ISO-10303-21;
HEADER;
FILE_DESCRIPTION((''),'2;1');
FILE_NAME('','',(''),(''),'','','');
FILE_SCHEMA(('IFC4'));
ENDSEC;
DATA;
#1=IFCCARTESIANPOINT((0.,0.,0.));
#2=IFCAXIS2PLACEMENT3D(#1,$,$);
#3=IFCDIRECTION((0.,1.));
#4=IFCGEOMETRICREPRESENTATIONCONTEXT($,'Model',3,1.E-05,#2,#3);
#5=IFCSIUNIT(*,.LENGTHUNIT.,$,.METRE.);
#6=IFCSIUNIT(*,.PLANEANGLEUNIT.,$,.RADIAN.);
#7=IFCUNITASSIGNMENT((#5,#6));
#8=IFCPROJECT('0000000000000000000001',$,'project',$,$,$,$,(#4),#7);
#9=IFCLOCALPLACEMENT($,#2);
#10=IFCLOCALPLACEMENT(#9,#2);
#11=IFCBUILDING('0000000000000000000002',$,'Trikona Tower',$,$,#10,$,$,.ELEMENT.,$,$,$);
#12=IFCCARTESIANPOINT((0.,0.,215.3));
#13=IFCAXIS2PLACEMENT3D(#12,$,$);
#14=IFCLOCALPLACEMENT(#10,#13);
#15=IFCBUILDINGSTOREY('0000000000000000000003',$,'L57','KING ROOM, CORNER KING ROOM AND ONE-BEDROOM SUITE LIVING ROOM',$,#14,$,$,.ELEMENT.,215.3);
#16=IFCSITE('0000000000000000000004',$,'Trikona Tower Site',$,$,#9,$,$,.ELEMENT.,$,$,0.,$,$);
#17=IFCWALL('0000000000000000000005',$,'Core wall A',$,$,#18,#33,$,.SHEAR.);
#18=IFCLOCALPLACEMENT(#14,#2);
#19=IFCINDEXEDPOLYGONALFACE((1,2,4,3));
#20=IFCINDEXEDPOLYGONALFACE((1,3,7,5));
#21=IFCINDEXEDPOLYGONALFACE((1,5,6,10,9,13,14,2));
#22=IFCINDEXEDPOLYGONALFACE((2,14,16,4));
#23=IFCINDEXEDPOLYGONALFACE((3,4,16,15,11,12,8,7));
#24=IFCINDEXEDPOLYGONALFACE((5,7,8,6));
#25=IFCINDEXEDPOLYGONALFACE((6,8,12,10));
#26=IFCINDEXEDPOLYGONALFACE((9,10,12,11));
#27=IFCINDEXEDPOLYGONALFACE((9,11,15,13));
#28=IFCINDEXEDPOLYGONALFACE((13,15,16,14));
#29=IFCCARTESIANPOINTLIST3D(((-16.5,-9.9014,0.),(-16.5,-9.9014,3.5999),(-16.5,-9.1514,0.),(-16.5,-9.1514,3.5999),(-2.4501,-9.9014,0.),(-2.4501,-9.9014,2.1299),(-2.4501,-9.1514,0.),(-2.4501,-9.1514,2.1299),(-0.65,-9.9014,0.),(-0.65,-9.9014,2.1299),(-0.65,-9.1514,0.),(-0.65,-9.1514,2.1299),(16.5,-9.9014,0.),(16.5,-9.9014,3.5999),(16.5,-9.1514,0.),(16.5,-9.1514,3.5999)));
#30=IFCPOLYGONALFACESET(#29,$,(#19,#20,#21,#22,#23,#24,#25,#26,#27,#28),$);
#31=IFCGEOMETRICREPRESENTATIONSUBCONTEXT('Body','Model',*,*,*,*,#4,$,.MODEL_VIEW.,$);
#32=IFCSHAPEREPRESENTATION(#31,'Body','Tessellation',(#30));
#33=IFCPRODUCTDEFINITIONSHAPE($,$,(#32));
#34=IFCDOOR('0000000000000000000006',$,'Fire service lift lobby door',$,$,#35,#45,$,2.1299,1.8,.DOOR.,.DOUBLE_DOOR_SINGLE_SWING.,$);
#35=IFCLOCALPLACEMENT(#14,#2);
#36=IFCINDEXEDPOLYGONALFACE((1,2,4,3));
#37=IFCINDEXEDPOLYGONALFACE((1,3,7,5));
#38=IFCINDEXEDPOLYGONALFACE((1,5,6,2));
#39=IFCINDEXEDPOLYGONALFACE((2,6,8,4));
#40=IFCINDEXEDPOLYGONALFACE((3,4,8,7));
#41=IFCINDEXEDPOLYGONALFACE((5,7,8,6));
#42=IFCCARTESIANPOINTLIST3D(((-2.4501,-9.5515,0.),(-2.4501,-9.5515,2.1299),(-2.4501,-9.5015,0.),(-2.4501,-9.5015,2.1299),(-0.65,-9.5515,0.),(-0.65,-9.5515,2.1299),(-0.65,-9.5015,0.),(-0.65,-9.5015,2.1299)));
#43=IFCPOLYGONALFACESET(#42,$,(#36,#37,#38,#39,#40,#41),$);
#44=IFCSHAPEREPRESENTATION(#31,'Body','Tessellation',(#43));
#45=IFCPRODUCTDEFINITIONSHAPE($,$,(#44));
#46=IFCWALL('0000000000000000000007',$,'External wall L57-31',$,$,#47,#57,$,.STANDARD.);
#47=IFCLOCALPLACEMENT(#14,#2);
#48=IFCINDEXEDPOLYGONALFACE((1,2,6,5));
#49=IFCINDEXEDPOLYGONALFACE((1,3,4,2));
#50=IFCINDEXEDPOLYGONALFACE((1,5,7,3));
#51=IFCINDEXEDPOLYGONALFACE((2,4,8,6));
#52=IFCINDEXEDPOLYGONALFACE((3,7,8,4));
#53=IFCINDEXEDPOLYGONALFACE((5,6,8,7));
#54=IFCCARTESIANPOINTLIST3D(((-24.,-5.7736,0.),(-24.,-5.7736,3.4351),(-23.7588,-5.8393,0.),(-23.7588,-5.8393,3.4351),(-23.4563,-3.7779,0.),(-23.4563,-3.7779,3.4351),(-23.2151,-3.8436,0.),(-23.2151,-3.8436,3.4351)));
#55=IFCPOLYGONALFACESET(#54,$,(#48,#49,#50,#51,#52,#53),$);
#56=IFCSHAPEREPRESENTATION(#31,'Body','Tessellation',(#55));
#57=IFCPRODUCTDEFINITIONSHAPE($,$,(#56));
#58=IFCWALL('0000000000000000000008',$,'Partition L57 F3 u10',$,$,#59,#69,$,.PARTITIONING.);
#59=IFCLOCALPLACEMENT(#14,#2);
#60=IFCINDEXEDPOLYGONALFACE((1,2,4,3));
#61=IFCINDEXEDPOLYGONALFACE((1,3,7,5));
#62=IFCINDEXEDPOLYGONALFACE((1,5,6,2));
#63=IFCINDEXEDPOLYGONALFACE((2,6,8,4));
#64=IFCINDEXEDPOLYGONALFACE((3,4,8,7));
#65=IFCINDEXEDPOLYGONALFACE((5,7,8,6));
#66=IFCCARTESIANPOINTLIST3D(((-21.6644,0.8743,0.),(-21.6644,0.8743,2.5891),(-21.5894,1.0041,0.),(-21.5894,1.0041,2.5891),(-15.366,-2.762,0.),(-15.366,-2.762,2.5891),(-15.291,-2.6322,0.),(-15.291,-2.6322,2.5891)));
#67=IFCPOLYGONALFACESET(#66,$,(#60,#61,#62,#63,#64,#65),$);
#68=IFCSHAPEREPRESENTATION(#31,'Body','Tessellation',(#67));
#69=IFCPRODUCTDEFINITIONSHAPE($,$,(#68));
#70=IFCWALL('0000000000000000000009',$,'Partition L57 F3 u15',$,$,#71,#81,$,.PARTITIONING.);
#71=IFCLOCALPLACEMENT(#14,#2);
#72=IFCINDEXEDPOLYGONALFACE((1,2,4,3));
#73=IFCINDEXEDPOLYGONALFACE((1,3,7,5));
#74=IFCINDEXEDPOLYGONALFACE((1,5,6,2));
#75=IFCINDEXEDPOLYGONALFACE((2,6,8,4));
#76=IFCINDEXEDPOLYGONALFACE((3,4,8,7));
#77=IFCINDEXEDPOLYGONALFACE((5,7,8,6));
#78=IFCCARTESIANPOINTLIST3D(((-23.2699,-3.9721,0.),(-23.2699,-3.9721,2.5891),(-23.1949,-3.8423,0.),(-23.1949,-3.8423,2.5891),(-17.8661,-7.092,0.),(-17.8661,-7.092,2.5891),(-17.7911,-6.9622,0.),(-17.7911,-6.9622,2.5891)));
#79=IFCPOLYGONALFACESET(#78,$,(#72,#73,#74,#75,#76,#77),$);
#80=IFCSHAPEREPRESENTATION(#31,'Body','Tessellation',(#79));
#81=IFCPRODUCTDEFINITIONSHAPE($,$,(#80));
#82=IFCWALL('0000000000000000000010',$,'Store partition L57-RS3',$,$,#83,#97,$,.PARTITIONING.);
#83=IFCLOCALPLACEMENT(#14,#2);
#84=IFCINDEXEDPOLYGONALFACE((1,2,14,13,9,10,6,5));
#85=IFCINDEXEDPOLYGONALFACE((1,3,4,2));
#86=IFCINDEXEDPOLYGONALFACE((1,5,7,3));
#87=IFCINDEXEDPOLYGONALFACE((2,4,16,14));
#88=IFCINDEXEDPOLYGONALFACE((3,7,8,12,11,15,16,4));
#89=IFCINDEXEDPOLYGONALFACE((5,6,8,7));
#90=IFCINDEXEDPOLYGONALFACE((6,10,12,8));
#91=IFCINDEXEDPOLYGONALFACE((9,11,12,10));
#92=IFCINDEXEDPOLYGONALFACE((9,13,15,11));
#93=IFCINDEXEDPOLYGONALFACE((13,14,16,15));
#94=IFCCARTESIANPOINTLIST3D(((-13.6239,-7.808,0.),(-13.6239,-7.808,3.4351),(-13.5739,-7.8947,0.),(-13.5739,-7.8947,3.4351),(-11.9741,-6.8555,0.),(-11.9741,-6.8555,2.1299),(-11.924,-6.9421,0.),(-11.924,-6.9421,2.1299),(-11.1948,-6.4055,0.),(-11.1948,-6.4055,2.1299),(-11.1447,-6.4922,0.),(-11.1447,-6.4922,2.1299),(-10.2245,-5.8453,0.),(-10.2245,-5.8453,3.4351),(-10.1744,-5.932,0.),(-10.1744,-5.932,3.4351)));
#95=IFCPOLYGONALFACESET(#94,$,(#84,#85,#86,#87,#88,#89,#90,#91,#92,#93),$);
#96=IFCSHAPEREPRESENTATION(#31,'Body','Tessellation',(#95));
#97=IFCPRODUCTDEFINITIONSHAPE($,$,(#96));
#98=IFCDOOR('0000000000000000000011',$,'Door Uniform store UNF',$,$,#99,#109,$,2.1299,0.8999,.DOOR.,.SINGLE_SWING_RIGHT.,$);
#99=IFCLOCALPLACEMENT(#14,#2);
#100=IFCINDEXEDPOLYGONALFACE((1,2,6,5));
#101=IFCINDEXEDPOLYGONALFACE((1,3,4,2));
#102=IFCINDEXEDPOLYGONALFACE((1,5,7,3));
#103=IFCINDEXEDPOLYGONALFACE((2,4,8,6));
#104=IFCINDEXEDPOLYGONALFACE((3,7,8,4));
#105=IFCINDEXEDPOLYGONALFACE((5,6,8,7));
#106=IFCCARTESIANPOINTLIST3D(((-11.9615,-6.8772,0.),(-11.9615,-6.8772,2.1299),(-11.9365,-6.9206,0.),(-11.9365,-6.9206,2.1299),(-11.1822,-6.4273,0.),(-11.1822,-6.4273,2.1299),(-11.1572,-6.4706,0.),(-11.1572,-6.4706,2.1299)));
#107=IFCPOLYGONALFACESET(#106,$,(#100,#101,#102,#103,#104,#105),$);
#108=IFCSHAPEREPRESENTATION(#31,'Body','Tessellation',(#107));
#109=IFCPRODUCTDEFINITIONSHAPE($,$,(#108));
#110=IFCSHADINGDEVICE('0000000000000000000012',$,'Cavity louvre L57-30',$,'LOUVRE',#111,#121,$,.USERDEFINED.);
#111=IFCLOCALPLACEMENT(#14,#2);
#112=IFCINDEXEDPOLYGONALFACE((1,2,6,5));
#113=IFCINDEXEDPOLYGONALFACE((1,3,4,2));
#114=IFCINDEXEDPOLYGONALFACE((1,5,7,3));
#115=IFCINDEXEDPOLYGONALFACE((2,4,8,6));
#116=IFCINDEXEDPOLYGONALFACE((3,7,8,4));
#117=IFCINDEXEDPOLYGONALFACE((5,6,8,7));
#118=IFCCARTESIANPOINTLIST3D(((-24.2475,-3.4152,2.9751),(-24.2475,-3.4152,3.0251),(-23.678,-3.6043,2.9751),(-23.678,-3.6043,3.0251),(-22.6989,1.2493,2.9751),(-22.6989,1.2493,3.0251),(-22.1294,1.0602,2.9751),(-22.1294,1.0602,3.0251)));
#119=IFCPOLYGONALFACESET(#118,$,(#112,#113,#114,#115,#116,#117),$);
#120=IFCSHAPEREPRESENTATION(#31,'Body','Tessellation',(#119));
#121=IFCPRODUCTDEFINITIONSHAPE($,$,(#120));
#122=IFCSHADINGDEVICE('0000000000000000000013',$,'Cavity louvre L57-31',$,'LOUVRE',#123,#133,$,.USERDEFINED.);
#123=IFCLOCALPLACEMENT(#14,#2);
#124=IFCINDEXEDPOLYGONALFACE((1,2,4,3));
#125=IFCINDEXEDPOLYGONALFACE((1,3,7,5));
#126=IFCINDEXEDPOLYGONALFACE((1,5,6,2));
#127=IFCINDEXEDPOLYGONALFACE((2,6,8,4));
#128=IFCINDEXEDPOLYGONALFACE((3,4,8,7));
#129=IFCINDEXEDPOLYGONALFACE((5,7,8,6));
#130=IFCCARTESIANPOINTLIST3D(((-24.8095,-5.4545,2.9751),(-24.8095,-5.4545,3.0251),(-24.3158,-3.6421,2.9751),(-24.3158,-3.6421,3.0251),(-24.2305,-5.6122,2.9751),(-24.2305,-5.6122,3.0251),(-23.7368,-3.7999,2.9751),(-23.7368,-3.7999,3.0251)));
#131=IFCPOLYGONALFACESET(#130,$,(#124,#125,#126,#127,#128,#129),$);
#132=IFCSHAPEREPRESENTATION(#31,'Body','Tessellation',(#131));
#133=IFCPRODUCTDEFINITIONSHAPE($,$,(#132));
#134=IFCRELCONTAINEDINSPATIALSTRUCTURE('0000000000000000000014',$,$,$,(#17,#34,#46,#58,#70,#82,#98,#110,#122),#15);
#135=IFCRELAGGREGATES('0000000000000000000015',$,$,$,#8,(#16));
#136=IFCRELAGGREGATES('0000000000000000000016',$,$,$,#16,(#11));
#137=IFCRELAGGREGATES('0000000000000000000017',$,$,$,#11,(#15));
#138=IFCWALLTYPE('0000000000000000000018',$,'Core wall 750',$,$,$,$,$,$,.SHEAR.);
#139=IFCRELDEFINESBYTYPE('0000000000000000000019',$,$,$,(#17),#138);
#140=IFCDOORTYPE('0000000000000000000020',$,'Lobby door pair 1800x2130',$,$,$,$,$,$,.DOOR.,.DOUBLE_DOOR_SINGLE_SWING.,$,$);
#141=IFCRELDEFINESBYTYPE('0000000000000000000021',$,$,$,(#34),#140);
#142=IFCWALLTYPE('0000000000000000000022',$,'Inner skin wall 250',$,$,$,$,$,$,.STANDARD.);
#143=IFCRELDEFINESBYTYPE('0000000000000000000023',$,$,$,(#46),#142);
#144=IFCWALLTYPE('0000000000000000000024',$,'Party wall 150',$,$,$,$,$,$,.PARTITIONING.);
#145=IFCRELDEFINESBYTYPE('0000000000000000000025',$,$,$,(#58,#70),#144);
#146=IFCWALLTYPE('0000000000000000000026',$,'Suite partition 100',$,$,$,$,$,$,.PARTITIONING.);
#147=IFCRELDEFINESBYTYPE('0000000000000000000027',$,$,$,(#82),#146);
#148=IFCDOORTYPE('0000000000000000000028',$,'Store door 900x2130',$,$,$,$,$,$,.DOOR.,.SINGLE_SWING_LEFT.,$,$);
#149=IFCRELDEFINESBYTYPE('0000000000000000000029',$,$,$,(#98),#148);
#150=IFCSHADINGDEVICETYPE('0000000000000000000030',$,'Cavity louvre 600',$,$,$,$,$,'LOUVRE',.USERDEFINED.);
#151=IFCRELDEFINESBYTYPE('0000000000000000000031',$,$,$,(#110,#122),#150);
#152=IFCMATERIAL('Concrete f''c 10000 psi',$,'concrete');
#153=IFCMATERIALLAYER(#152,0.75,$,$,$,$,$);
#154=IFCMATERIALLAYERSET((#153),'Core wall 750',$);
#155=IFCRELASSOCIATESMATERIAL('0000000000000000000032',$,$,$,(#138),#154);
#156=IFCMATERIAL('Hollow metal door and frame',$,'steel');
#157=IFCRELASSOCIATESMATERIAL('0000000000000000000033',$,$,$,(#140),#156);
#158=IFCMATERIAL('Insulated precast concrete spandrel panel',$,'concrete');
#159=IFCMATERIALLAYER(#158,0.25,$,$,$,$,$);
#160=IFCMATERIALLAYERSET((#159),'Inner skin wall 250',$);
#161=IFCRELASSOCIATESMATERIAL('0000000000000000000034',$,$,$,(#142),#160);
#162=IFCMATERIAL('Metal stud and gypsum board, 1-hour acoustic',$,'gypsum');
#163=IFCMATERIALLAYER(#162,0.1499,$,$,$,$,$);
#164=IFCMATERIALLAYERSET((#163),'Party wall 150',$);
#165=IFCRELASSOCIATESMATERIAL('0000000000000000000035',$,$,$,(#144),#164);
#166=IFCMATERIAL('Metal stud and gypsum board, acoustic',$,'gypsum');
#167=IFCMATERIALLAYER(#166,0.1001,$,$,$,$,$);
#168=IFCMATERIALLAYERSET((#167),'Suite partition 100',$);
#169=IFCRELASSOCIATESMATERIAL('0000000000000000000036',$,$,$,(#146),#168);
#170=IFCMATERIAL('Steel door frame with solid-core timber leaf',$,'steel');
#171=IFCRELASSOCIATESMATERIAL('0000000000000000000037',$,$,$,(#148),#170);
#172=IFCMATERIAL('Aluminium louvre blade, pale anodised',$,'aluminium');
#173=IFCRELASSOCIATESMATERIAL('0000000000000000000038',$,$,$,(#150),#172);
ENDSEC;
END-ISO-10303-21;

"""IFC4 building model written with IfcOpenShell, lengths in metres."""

from ifc_helpers import new_model, si_unit, direction, frame, frame_2d, origin, origin_2d, place, context, subcontext, project, spatial, rectangle, extrude, material, layer, layer_set, type_object, element, fill, save


model = new_model("IFC4")

# Units and contexts
model_context = context("Model", 3, precision=1e-05, world=origin(), true_north=direction((0.0, 1.0)))
body_context = subcontext(model_context, "Body", "Model", "MODEL_VIEW")
ifc_project = project(units=[si_unit("LENGTHUNIT", "METRE"), si_unit("PLANEANGLEUNIT", "RADIAN")], contexts=[model_context])

# Site, building, storey
site_placement = place(None, origin())
site = spatial("IfcSite", under=ifc_project, at=site_placement, Name="Trikona Tower Site", CompositionType="ELEMENT", RefElevation=0.0)
building_placement = place(site_placement, origin())
building = spatial("IfcBuilding", under=site, at=building_placement, Name="Trikona Tower", CompositionType="ELEMENT")
storey_placement = place(building_placement, frame((0.0, 0.0, 215.3)))
storey = spatial("IfcBuildingStorey", under=building, at=storey_placement, Name="L57", Description="KING ROOM, CORNER KING ROOM AND ONE-BEDROOM SUITE LIVING ROOM", CompositionType="ELEMENT", Elevation=215.3)

# Wall, opening, door
ifc_material_1 = material(Name="Concrete f'c 10000 psi", Category="concrete")
ifc_layer_1 = layer(ifc_material_1, 0.75)
ifc_layer_set_1 = layer_set([ifc_layer_1], Name="Core wall 750")
wall_type_1 = type_object("IfcWallType", Name="Core wall 750", PredefinedType="SHEAR", material=ifc_layer_set_1)
wall_1_placement = place(storey_placement, frame((-16.5, -9.5264, 0.0), z_axis=(0.0, 0.0, 1.0), x_axis=(1.0, 0.0, 0.0)))
wall_1 = element("IfcWall", 1, at=wall_1_placement, inside=storey, type_object=wall_type_1, Name="Core wall A", PredefinedType="SHEAR", context=body_context, shape_type="SweptSolid", body=[
    extrude(rectangle(XDim=33.0, YDim=0.75, at=frame_2d((16.5, 0.0))), origin(), (0.0, 0.0, 1.0), 3.5999),
])
opening_1_placement = place(wall_1_placement, frame((14.05, 0.0, 0.0)))
opening_1 = element("IfcOpeningElement", 2, at=opening_1_placement, cuts=wall_1, PredefinedType="OPENING", context=body_context, shape_type="SweptSolid", body=[
    extrude(rectangle(XDim=1.8, YDim=2.1299, at=frame_2d((0.8999, 1.0649))), frame((0.0, 0.385, 0.0), z_axis=(0.0, -1.0, 0.0), x_axis=(1.0, 0.0, 0.0)), (0.0, 0.0, 1.0), 0.77),
])
ifc_material_2 = material(Name="Hollow metal door and frame", Category="steel")
door_type_1 = type_object("IfcDoorType", Name="Lobby door pair 1800x2130", OperationType="DOUBLE_DOOR_SINGLE_SWING", PredefinedType="DOOR", material=ifc_material_2)
door_1_placement = place(opening_1_placement, origin())
door_1 = element("IfcDoor", 3, at=door_1_placement, inside=storey, type_object=door_type_1, Name="Fire service lift lobby door", OperationType="DOUBLE_DOOR_SINGLE_SWING", OverallHeight=2.1299, OverallWidth=1.8, PredefinedType="DOOR", context=body_context, shape_type="SweptSolid", body=[
    extrude(rectangle(XDim=1.8, YDim=2.1299, at=frame_2d((0.8999, 1.0649))), frame((0.0, 0.0249, 0.0), z_axis=(0.0, -1.0, 0.0), x_axis=(1.0, 0.0, 0.0)), (0.0, 0.0, 1.0), 0.05),
])
fill(opening_1, door_1)

# Walls
ifc_material_3 = material(Name="Insulated precast concrete spandrel panel", Category="concrete")
ifc_layer_2 = layer(ifc_material_3, 0.25)
ifc_layer_set_2 = layer_set([ifc_layer_2], Name="Inner skin wall 250")
wall_type_2 = type_object("IfcWallType", Name="Inner skin wall 250", PredefinedType="STANDARD", material=ifc_layer_set_2)
wall_2_placement = place(storey_placement, frame((-23.3357, -3.8108, 0.0), z_axis=(0.0, 0.0, 1.0), x_axis=(-0.262868, -0.964832, 0.0)))
element("IfcWall", 4, at=wall_2_placement, inside=storey, type_object=wall_type_2, Name="External wall L57-31", PredefinedType="STANDARD", context=body_context, shape_type="SweptSolid", body=[
    extrude(rectangle(XDim=2.0684, YDim=0.25, at=frame_2d((1.0342, 0.0))), origin(), (0.0, 0.0, 1.0), 3.4351),
])
ifc_material_4 = material(Name="Metal stud and gypsum board, 1-hour acoustic", Category="gypsum")
ifc_layer_3 = layer(ifc_material_4, 0.1499)
ifc_layer_set_3 = layer_set([ifc_layer_3], Name="Party wall 150")
wall_type_3 = type_object("IfcWallType", Name="Party wall 150", PredefinedType="PARTITIONING", material=ifc_layer_set_3)
wall_3_placement = place(storey_placement, frame((-15.3286, -2.697, 0.0), z_axis=(0.0, 0.0, 1.0), x_axis=(-0.866032, 0.499988, 0.0)))
element("IfcWall", 5, at=wall_3_placement, inside=storey, type_object=wall_type_3, Name="Partition L57 F3 u10", PredefinedType="PARTITIONING", context=body_context, shape_type="SweptSolid", body=[
    extrude(rectangle(XDim=7.2727, YDim=0.1499, at=frame_2d((3.6362, 0.0))), origin(), (0.0, 0.0, 1.0), 2.5891),
])
wall_4_placement = place(storey_placement, frame((-17.8286, -7.0271, 0.0), z_axis=(0.0, 0.0, 1.0), x_axis=(-0.866027, 0.499998, 0.0)))
element("IfcWall", 6, at=wall_4_placement, inside=storey, type_object=wall_type_3, Name="Partition L57 F3 u15", PredefinedType="PARTITIONING", context=body_context, shape_type="SweptSolid", body=[
    extrude(rectangle(XDim=6.2397, YDim=0.1499, at=frame_2d((3.1199, 0.0))), origin(), (0.0, 0.0, 1.0), 2.5891),
])

# Wall, opening, door
ifc_material_5 = material(Name="Metal stud and gypsum board, acoustic", Category="gypsum")
ifc_layer_4 = layer(ifc_material_5, 0.1001)
ifc_layer_set_4 = layer_set([ifc_layer_4], Name="Suite partition 100")
wall_type_4 = type_object("IfcWallType", Name="Suite partition 100", PredefinedType="PARTITIONING", material=ifc_layer_set_4)
wall_5_placement = place(storey_placement, frame((-13.5989, -7.8513, 0.0), z_axis=(0.0, 0.0, 1.0), x_axis=(0.866026, 0.499999, 0.0)))
wall_5 = element("IfcWall", 7, at=wall_5_placement, inside=storey, type_object=wall_type_4, Name="Store partition L57-RS3", PredefinedType="PARTITIONING", context=body_context, shape_type="SweptSolid", body=[
    extrude(rectangle(XDim=3.9253, YDim=0.1001, at=frame_2d((1.9626, 0.0))), origin(), (0.0, 0.0, 1.0), 3.4351),
])
opening_2_placement = place(wall_5_placement, frame((1.905, 0.0, 0.0)))
opening_2 = element("IfcOpeningElement", 8, at=opening_2_placement, cuts=wall_5, PredefinedType="OPENING", context=body_context, shape_type="SweptSolid", body=[
    extrude(rectangle(XDim=0.8999, YDim=2.1299, at=frame_2d((0.45, 1.0649))), frame((0.0, 0.0601, 0.0), z_axis=(0.0, -1.0, 0.0), x_axis=(1.0, 0.0, 0.0)), (0.0, 0.0, 1.0), 0.1201),
])
ifc_material_6 = material(Name="Steel door frame with solid-core timber leaf", Category="steel")
door_type_2 = type_object("IfcDoorType", Name="Store door 900x2130", OperationType="SINGLE_SWING_LEFT", PredefinedType="DOOR", material=ifc_material_6)
door_2_placement = place(opening_2_placement, origin())
door_2 = element("IfcDoor", 9, at=door_2_placement, inside=storey, type_object=door_type_2, Name="Door Uniform store UNF", OperationType="SINGLE_SWING_RIGHT", OverallHeight=2.1299, OverallWidth=0.8999, PredefinedType="DOOR", context=body_context, shape_type="SweptSolid", body=[
    extrude(rectangle(XDim=0.8999, YDim=2.1299, at=frame_2d((0.45, 1.0649))), frame((0.0, 0.0249, 0.0), z_axis=(0.0, -1.0, 0.0), x_axis=(1.0, 0.0, 0.0)), (0.0, 0.0, 1.0), 0.05),
])
fill(opening_2, door_2)

# Shading devices
ifc_material_7 = material(Name="Aluminium louvre blade, pale anodised", Category="aluminium")
shading_device_type = type_object("IfcShadingDeviceType", Name="Cavity louvre 600", ElementType="LOUVRE", PredefinedType="USERDEFINED", material=ifc_material_7)
shading_device_1_placement = place(storey_placement, frame((-23.1885, -1.1775, 2.9751), z_axis=(0.0, 0.0, 1.0), x_axis=(-0.315093, -0.949061, 0.0)))
element("IfcShadingDevice", 10, at=shading_device_1_placement, inside=storey, type_object=shading_device_type, Name="Cavity louvre L57-30", ObjectType="LOUVRE", PredefinedType="USERDEFINED", context=body_context, shape_type="SweptSolid", body=[
    extrude(rectangle(XDim=4.9148, YDim=0.6001, at=origin_2d()), origin(), (0.0, 0.0, 1.0), 0.05),
])
shading_device_2_placement = place(storey_placement, frame((-24.2732, -4.6272, 2.9751), z_axis=(0.0, 0.0, 1.0), x_axis=(-0.262822, -0.964844, 0.0)))
element("IfcShadingDevice", 11, at=shading_device_2_placement, inside=storey, type_object=shading_device_type, Name="Cavity louvre L57-31", ObjectType="LOUVRE", PredefinedType="USERDEFINED", context=body_context, shape_type="SweptSolid", body=[
    extrude(rectangle(XDim=1.8784, YDim=0.6001, at=origin_2d()), origin(), (0.0, 0.0, 1.0), 0.05),
])

save(model, "model.ifc")
